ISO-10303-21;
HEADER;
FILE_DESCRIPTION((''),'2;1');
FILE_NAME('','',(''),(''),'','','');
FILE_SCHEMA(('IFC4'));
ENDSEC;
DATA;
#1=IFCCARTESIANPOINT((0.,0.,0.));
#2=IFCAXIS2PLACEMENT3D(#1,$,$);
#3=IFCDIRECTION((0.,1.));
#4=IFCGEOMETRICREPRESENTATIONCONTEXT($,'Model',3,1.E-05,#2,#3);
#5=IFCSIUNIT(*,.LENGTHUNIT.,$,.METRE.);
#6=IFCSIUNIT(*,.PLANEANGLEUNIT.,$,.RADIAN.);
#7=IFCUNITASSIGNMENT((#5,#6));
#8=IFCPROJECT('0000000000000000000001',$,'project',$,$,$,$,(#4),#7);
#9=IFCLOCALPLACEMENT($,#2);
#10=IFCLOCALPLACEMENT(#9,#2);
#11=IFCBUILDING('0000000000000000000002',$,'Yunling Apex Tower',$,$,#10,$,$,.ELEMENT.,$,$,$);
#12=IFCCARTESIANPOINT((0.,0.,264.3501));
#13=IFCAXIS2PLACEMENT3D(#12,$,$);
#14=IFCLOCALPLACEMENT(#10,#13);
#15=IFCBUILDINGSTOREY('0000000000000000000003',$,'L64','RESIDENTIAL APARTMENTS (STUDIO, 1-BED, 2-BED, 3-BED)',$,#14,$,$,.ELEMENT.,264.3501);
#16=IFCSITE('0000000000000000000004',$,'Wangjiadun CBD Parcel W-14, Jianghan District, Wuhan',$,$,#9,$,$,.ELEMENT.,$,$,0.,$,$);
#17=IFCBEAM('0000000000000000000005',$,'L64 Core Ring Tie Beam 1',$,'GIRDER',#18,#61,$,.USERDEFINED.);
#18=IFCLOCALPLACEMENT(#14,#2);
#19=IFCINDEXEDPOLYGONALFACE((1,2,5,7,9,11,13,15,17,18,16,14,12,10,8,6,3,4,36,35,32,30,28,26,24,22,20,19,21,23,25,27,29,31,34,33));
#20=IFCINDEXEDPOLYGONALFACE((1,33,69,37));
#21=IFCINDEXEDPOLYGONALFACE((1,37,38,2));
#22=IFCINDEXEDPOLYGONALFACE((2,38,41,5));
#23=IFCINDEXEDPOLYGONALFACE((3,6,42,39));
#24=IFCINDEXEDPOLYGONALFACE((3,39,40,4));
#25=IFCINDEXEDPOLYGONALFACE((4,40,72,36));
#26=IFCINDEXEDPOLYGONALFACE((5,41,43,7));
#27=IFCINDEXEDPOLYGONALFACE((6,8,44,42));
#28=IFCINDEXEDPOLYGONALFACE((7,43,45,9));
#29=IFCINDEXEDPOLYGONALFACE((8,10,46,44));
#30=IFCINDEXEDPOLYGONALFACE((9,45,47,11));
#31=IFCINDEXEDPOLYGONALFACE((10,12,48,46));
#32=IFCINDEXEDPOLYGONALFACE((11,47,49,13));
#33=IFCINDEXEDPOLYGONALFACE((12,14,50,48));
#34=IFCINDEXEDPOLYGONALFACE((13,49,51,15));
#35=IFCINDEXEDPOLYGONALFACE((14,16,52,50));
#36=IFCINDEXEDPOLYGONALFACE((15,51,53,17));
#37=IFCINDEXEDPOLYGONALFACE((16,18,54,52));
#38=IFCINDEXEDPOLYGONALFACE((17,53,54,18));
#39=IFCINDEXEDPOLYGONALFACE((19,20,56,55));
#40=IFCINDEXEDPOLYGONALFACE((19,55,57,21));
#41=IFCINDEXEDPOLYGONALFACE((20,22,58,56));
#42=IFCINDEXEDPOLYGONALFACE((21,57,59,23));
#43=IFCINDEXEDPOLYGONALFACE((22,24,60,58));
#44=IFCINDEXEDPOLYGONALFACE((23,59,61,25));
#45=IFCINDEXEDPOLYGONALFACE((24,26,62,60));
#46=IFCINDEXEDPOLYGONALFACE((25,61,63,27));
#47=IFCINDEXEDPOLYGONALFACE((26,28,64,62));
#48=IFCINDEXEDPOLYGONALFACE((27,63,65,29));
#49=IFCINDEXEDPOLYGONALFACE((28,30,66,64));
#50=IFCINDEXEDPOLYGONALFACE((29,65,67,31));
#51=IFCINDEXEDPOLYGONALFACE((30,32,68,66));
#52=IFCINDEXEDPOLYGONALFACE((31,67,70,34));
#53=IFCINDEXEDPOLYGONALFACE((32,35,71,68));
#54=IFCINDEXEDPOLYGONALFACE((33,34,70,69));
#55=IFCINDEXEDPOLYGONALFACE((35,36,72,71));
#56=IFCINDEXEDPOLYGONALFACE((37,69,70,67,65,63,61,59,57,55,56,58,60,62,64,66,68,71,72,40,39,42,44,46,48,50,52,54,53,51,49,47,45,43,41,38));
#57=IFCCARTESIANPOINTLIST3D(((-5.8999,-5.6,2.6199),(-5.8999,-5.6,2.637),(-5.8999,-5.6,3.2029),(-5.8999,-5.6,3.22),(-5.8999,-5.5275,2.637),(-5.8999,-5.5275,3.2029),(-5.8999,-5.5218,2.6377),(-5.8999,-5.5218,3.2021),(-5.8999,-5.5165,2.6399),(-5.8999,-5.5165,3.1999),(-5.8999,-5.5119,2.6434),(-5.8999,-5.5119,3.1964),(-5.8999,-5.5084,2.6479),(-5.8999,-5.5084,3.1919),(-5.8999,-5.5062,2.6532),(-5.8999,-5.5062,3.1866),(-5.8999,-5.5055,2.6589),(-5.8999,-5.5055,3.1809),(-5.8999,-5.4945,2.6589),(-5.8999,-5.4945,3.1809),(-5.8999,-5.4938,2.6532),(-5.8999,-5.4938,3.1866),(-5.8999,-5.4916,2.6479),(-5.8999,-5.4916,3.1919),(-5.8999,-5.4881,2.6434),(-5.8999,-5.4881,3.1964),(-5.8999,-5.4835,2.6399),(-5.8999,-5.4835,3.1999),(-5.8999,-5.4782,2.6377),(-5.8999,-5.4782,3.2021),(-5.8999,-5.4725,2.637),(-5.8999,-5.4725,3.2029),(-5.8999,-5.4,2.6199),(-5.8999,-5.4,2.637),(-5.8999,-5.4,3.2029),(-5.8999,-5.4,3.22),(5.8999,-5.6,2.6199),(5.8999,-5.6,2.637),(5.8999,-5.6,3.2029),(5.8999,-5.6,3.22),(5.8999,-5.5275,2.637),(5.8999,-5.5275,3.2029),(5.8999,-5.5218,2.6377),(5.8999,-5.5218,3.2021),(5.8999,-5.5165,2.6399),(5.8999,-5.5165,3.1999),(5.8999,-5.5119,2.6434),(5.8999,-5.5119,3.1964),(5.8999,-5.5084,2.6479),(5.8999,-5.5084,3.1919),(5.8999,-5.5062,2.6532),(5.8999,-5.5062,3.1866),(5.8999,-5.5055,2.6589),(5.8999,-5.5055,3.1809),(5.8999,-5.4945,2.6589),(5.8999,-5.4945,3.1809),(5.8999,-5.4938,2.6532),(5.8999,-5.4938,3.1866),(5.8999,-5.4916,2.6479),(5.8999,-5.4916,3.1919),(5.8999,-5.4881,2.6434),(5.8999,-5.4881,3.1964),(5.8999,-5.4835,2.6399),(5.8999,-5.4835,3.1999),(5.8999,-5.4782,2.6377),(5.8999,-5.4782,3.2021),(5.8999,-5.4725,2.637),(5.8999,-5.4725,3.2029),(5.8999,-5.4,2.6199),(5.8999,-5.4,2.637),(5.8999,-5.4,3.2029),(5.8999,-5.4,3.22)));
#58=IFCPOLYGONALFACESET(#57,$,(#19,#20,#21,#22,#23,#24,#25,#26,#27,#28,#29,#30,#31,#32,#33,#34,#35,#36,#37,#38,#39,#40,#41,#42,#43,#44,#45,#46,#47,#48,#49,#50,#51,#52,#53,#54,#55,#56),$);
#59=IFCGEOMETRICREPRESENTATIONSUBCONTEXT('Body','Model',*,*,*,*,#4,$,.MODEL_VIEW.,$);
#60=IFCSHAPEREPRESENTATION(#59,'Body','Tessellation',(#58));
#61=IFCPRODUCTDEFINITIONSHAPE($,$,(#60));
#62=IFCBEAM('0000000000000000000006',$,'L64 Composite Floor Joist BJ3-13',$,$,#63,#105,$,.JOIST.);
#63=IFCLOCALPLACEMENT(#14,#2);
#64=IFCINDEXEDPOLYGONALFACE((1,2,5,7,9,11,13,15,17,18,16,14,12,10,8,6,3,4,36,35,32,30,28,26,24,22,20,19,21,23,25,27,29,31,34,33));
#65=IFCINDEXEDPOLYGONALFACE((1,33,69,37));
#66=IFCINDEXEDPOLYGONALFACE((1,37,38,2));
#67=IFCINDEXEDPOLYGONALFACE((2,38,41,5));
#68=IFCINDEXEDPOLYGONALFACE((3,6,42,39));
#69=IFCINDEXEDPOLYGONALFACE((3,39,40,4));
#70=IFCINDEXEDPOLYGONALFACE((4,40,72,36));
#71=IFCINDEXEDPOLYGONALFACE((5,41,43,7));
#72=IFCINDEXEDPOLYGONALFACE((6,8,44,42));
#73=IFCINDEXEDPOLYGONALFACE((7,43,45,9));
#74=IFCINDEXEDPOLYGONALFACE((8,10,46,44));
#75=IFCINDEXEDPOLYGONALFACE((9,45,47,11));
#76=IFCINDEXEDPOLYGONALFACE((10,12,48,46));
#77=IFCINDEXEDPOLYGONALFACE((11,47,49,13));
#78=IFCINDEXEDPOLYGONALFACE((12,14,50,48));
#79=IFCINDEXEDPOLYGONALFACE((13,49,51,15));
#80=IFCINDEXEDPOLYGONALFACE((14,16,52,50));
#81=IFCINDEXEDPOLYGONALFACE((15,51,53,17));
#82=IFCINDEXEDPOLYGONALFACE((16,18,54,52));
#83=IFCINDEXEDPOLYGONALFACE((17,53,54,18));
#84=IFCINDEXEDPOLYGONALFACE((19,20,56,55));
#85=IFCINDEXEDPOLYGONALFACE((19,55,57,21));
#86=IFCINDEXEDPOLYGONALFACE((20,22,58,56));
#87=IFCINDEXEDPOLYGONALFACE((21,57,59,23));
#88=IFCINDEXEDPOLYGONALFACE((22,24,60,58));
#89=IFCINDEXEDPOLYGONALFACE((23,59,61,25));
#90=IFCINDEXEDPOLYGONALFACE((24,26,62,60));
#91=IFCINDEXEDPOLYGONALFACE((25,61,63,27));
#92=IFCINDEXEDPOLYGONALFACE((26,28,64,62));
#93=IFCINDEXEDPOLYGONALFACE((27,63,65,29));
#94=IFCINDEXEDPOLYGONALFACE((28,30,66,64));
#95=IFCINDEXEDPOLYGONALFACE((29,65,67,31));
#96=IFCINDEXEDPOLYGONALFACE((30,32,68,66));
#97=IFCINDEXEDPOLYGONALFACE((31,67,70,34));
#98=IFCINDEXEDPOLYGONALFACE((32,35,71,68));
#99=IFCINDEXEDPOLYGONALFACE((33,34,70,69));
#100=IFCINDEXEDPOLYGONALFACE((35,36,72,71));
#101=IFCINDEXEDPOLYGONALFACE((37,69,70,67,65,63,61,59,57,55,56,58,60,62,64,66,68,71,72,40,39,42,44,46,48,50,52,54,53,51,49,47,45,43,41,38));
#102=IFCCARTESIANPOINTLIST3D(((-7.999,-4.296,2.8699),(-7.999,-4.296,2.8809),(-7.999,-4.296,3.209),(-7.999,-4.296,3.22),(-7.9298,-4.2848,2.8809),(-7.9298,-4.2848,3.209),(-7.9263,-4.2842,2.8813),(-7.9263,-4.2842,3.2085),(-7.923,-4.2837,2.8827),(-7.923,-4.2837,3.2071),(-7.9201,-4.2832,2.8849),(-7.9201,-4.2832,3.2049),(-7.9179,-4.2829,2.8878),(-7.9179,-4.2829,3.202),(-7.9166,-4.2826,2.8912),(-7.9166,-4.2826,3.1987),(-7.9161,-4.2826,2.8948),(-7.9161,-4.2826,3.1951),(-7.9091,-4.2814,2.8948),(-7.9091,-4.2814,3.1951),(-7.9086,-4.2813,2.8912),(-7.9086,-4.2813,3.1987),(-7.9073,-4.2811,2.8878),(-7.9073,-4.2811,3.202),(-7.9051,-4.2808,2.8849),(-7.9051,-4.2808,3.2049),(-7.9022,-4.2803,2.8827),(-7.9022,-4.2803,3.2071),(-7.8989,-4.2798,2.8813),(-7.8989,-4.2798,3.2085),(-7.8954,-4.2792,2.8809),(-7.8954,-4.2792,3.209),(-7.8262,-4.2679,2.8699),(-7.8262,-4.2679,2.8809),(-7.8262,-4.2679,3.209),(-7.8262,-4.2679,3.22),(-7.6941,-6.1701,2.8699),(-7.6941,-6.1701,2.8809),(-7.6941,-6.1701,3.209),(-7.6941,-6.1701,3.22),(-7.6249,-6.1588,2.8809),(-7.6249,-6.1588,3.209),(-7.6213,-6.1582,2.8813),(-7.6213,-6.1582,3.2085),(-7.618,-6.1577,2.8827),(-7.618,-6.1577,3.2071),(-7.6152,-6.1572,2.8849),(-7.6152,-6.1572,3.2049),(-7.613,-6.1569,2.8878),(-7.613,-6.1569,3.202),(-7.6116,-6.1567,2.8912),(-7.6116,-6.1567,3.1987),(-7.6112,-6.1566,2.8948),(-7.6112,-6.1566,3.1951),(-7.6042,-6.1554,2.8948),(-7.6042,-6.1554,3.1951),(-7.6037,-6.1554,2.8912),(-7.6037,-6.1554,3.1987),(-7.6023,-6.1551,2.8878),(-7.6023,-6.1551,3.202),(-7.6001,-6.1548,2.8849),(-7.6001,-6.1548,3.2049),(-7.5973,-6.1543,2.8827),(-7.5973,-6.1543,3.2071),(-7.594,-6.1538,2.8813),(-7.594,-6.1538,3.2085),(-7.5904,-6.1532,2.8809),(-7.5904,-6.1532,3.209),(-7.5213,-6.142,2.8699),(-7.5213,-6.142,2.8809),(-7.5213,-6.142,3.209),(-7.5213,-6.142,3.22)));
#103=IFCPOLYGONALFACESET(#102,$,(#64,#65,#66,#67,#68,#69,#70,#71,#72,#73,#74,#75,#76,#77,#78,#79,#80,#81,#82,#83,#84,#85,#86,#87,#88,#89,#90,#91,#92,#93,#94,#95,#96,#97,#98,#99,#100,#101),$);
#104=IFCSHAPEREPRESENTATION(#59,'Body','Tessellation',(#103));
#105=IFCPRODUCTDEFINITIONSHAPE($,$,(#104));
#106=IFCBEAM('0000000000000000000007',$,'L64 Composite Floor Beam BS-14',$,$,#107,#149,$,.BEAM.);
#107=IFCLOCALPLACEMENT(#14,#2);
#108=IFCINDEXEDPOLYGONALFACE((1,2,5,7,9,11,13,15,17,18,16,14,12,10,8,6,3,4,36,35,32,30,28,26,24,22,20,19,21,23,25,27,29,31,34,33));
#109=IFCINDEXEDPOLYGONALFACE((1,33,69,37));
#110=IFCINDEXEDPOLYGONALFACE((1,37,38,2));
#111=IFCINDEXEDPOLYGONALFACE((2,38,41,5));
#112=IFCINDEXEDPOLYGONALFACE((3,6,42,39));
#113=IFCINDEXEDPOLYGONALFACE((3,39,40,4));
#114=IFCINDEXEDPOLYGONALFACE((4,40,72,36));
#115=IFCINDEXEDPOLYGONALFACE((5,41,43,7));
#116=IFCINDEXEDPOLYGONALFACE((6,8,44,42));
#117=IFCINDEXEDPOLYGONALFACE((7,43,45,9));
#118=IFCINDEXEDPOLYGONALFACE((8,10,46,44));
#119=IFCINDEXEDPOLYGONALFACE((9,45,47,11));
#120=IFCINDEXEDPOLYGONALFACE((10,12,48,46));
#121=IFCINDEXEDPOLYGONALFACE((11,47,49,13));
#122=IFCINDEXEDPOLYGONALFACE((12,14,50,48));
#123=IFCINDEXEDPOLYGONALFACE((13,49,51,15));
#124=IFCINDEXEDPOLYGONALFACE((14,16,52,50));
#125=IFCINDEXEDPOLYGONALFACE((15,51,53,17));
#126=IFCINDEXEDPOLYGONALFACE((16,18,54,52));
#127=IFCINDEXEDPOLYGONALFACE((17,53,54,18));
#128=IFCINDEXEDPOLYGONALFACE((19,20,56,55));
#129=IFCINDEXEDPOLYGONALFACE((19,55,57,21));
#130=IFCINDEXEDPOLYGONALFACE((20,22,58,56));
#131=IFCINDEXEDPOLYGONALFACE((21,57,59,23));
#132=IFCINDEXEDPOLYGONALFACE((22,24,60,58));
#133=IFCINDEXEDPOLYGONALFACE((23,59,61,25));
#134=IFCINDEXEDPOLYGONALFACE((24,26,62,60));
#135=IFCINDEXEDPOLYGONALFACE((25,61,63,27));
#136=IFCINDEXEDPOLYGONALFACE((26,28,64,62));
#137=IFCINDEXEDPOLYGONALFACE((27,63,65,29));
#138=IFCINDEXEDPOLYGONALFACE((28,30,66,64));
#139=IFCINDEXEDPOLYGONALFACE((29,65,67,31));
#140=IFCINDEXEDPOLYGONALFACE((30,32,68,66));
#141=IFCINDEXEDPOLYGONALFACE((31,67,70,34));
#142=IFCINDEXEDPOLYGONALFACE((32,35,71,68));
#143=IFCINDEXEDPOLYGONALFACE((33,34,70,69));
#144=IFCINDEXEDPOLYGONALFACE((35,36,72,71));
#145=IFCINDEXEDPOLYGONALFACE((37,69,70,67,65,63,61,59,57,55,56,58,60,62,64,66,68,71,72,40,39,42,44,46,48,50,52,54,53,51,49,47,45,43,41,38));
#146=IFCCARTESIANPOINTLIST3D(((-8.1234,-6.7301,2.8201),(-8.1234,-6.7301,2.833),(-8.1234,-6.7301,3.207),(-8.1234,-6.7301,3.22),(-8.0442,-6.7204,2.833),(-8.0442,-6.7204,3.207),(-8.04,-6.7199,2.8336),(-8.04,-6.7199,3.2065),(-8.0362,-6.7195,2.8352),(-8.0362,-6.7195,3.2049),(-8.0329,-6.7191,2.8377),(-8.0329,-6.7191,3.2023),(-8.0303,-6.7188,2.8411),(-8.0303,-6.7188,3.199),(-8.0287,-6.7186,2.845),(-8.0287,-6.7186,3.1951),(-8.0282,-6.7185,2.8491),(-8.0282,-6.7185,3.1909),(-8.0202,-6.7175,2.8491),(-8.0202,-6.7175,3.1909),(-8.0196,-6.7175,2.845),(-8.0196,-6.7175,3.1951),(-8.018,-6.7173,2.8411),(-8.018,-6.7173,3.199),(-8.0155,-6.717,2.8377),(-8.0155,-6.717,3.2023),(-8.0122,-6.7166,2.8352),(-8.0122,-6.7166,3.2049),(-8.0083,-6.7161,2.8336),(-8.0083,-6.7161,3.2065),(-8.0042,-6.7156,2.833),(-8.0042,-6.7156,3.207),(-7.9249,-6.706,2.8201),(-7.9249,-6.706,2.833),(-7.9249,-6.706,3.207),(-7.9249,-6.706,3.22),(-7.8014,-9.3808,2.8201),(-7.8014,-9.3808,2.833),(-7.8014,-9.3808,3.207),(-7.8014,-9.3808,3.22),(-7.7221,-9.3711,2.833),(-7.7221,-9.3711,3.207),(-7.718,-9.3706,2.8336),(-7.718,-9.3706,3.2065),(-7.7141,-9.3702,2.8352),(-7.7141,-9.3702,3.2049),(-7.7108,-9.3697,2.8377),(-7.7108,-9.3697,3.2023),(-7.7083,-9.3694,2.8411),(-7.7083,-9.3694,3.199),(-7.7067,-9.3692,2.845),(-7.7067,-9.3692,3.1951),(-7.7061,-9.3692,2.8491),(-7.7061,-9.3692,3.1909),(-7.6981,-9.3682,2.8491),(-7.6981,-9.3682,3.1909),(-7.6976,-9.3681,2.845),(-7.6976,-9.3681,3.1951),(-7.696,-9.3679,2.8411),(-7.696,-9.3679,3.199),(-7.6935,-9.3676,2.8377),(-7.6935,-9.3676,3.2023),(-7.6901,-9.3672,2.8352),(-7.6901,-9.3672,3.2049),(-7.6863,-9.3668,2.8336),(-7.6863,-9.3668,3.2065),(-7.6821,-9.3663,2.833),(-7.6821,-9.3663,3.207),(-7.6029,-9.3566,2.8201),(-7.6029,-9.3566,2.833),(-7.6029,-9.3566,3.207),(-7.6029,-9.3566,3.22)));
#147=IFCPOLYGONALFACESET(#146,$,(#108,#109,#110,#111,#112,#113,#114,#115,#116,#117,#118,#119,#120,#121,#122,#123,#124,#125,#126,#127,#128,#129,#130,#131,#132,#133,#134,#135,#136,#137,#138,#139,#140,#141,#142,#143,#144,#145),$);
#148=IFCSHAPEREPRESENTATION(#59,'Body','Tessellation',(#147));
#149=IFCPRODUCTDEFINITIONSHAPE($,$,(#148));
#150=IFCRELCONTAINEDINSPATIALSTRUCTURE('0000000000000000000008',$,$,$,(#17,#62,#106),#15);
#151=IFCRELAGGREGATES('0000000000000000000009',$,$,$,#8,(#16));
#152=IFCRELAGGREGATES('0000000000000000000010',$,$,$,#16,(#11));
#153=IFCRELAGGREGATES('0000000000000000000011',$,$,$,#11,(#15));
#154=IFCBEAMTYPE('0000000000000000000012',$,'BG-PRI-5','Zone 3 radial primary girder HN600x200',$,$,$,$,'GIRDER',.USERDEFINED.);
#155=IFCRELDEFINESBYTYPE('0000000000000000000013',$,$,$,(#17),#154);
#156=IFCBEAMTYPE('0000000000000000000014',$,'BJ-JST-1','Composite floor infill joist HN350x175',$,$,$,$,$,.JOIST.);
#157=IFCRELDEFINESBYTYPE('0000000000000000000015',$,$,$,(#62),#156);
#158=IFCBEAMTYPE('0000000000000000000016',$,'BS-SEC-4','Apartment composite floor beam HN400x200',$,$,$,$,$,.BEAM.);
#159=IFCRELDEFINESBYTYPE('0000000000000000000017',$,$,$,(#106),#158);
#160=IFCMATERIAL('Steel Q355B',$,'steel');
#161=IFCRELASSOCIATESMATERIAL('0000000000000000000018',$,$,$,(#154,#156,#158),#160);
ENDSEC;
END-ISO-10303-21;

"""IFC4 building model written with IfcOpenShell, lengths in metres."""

from ifc_helpers import new_model, si_unit, direction, frame, origin, origin_2d, place, context, subcontext, project, spatial, i_section, extrude, source, transform, mapped, material, material_profile, profile_set, type_object, element, save


model = new_model("IFC4")

# Units and contexts
model_context = context("Model", 3, precision=1e-05, world=origin(), true_north=direction((0.0, 1.0)))
body_context = subcontext(model_context, "Body", "Model", "MODEL_VIEW")
ifc_project = project(units=[si_unit("LENGTHUNIT", "METRE"), si_unit("PLANEANGLEUNIT", "RADIAN")], contexts=[model_context])

# Site, building, storey
site_placement = place(None, origin())
site = spatial("IfcSite", under=ifc_project, at=site_placement, Name="Wangjiadun CBD Parcel W-14, Jianghan District, Wuhan", CompositionType="ELEMENT", RefElevation=0.0)
building_placement = place(site_placement, origin())
building = spatial("IfcBuilding", under=site, at=building_placement, Name="Yunling Apex Tower", CompositionType="ELEMENT")
storey_placement = place(building_placement, frame((0.0, 0.0, 264.3501)))
storey = spatial("IfcBuildingStorey", under=building, at=storey_placement, Name="L64", Description="RESIDENTIAL APARTMENTS (STUDIO, 1-BED, 2-BED, 3-BED)", CompositionType="ELEMENT", Elevation=264.3501)

# Beams
ifc_material_1 = material(Name="Steel Q355B", Category="steel")
ifc_material_profile_1 = material_profile(ifc_material_1, i_section(OverallWidth=0.2, OverallDepth=0.6001, WebThickness=0.011, FlangeThickness=0.0171, FilletRadius=0.022, at=origin_2d()))
ifc_profile_set_1 = profile_set([ifc_material_profile_1], Name="Steel Q355B")
beam_type_1 = type_object("IfcBeamType", Name="BG-PRI-5", Description="Zone 3 radial primary girder HN600x200", ElementType="GIRDER", PredefinedType="USERDEFINED", material=ifc_profile_set_1)
shared_shape_1 = source(origin(), body_context, "Body", "SweptSolid", [
    extrude(i_section(OverallWidth=0.2, OverallDepth=0.6001, WebThickness=0.011, FlangeThickness=0.0171, FilletRadius=0.022, at=origin_2d()), origin(), (0.0, 0.0, 1.0), 11.7998),
])
beam_1_placement = place(storey_placement, frame((-5.8999, -5.5, 2.9199), z_axis=(1.0, 0.0, 0.0), x_axis=(0.0, 1.0, 0.0)))
element("IfcBeam", 1, at=beam_1_placement, inside=storey, type_object=beam_type_1, Name="L64 Core Ring Tie Beam 1", ObjectType="GIRDER", PredefinedType="USERDEFINED", context=body_context, shape_type="MappedRepresentation", body=[
    mapped(shared_shape_1, transform((0.0, 0.0, 0.0), scale=1.0)),
])
ifc_material_profile_2 = material_profile(ifc_material_1, i_section(OverallWidth=0.175, OverallDepth=0.3501, WebThickness=0.0071, FlangeThickness=0.011, FilletRadius=0.0139, at=origin_2d()))
ifc_profile_set_2 = profile_set([ifc_material_profile_2], Name="Steel Q355B")
beam_type_2 = type_object("IfcBeamType", Name="BJ-JST-1", Description="Composite floor infill joist HN350x175", PredefinedType="JOIST", material=ifc_profile_set_2)
shared_shape_2 = source(origin(), body_context, "Body", "SweptSolid", [
    extrude(i_section(OverallWidth=0.175, OverallDepth=0.3501, WebThickness=0.0071, FlangeThickness=0.011, FilletRadius=0.0139, at=origin_2d()), origin(), (0.0, 0.0, 1.0), 1.8987),
])
beam_2_placement = place(storey_placement, frame((-7.9126, -4.282, 3.0449), z_axis=(0.160603, -0.987019, 0.0), x_axis=(0.987019, 0.160603, 0.0)))
element("IfcBeam", 2, at=beam_2_placement, inside=storey, type_object=beam_type_2, Name="L64 Composite Floor Joist BJ3-13", PredefinedType="JOIST", context=body_context, shape_type="MappedRepresentation", body=[
    mapped(shared_shape_2, transform((0.0, 0.0, 0.0), scale=1.0)),
])
ifc_material_profile_3 = material_profile(ifc_material_1, i_section(OverallWidth=0.2, OverallDepth=0.3999, WebThickness=0.0081, FlangeThickness=0.0129, FilletRadius=0.0161, at=origin_2d()))
ifc_profile_set_3 = profile_set([ifc_material_profile_3], Name="Steel Q355B")
beam_type_3 = type_object("IfcBeamType", Name="BS-SEC-4", Description="Apartment composite floor beam HN400x200", PredefinedType="BEAM", material=ifc_profile_set_3)
shared_shape_3 = source(origin(), body_context, "Body", "SweptSolid", [
    extrude(i_section(OverallWidth=0.2, OverallDepth=0.3999, WebThickness=0.0081, FlangeThickness=0.0129, FilletRadius=0.0161, at=origin_2d()), origin(), (0.0, 0.0, 1.0), 2.6702),
])
beam_3_placement = place(storey_placement, frame((-8.0242, -6.718, 3.02), z_axis=(0.120602, -0.992701, 0.0), x_axis=(0.992701, 0.120602, 0.0)))
element("IfcBeam", 3, at=beam_3_placement, inside=storey, type_object=beam_type_3, Name="L64 Composite Floor Beam BS-14", PredefinedType="BEAM", context=body_context, shape_type="MappedRepresentation", body=[
    mapped(shared_shape_3, transform((0.0, 0.0, 0.0), scale=1.0)),
])

save(model, "model.ifc")
